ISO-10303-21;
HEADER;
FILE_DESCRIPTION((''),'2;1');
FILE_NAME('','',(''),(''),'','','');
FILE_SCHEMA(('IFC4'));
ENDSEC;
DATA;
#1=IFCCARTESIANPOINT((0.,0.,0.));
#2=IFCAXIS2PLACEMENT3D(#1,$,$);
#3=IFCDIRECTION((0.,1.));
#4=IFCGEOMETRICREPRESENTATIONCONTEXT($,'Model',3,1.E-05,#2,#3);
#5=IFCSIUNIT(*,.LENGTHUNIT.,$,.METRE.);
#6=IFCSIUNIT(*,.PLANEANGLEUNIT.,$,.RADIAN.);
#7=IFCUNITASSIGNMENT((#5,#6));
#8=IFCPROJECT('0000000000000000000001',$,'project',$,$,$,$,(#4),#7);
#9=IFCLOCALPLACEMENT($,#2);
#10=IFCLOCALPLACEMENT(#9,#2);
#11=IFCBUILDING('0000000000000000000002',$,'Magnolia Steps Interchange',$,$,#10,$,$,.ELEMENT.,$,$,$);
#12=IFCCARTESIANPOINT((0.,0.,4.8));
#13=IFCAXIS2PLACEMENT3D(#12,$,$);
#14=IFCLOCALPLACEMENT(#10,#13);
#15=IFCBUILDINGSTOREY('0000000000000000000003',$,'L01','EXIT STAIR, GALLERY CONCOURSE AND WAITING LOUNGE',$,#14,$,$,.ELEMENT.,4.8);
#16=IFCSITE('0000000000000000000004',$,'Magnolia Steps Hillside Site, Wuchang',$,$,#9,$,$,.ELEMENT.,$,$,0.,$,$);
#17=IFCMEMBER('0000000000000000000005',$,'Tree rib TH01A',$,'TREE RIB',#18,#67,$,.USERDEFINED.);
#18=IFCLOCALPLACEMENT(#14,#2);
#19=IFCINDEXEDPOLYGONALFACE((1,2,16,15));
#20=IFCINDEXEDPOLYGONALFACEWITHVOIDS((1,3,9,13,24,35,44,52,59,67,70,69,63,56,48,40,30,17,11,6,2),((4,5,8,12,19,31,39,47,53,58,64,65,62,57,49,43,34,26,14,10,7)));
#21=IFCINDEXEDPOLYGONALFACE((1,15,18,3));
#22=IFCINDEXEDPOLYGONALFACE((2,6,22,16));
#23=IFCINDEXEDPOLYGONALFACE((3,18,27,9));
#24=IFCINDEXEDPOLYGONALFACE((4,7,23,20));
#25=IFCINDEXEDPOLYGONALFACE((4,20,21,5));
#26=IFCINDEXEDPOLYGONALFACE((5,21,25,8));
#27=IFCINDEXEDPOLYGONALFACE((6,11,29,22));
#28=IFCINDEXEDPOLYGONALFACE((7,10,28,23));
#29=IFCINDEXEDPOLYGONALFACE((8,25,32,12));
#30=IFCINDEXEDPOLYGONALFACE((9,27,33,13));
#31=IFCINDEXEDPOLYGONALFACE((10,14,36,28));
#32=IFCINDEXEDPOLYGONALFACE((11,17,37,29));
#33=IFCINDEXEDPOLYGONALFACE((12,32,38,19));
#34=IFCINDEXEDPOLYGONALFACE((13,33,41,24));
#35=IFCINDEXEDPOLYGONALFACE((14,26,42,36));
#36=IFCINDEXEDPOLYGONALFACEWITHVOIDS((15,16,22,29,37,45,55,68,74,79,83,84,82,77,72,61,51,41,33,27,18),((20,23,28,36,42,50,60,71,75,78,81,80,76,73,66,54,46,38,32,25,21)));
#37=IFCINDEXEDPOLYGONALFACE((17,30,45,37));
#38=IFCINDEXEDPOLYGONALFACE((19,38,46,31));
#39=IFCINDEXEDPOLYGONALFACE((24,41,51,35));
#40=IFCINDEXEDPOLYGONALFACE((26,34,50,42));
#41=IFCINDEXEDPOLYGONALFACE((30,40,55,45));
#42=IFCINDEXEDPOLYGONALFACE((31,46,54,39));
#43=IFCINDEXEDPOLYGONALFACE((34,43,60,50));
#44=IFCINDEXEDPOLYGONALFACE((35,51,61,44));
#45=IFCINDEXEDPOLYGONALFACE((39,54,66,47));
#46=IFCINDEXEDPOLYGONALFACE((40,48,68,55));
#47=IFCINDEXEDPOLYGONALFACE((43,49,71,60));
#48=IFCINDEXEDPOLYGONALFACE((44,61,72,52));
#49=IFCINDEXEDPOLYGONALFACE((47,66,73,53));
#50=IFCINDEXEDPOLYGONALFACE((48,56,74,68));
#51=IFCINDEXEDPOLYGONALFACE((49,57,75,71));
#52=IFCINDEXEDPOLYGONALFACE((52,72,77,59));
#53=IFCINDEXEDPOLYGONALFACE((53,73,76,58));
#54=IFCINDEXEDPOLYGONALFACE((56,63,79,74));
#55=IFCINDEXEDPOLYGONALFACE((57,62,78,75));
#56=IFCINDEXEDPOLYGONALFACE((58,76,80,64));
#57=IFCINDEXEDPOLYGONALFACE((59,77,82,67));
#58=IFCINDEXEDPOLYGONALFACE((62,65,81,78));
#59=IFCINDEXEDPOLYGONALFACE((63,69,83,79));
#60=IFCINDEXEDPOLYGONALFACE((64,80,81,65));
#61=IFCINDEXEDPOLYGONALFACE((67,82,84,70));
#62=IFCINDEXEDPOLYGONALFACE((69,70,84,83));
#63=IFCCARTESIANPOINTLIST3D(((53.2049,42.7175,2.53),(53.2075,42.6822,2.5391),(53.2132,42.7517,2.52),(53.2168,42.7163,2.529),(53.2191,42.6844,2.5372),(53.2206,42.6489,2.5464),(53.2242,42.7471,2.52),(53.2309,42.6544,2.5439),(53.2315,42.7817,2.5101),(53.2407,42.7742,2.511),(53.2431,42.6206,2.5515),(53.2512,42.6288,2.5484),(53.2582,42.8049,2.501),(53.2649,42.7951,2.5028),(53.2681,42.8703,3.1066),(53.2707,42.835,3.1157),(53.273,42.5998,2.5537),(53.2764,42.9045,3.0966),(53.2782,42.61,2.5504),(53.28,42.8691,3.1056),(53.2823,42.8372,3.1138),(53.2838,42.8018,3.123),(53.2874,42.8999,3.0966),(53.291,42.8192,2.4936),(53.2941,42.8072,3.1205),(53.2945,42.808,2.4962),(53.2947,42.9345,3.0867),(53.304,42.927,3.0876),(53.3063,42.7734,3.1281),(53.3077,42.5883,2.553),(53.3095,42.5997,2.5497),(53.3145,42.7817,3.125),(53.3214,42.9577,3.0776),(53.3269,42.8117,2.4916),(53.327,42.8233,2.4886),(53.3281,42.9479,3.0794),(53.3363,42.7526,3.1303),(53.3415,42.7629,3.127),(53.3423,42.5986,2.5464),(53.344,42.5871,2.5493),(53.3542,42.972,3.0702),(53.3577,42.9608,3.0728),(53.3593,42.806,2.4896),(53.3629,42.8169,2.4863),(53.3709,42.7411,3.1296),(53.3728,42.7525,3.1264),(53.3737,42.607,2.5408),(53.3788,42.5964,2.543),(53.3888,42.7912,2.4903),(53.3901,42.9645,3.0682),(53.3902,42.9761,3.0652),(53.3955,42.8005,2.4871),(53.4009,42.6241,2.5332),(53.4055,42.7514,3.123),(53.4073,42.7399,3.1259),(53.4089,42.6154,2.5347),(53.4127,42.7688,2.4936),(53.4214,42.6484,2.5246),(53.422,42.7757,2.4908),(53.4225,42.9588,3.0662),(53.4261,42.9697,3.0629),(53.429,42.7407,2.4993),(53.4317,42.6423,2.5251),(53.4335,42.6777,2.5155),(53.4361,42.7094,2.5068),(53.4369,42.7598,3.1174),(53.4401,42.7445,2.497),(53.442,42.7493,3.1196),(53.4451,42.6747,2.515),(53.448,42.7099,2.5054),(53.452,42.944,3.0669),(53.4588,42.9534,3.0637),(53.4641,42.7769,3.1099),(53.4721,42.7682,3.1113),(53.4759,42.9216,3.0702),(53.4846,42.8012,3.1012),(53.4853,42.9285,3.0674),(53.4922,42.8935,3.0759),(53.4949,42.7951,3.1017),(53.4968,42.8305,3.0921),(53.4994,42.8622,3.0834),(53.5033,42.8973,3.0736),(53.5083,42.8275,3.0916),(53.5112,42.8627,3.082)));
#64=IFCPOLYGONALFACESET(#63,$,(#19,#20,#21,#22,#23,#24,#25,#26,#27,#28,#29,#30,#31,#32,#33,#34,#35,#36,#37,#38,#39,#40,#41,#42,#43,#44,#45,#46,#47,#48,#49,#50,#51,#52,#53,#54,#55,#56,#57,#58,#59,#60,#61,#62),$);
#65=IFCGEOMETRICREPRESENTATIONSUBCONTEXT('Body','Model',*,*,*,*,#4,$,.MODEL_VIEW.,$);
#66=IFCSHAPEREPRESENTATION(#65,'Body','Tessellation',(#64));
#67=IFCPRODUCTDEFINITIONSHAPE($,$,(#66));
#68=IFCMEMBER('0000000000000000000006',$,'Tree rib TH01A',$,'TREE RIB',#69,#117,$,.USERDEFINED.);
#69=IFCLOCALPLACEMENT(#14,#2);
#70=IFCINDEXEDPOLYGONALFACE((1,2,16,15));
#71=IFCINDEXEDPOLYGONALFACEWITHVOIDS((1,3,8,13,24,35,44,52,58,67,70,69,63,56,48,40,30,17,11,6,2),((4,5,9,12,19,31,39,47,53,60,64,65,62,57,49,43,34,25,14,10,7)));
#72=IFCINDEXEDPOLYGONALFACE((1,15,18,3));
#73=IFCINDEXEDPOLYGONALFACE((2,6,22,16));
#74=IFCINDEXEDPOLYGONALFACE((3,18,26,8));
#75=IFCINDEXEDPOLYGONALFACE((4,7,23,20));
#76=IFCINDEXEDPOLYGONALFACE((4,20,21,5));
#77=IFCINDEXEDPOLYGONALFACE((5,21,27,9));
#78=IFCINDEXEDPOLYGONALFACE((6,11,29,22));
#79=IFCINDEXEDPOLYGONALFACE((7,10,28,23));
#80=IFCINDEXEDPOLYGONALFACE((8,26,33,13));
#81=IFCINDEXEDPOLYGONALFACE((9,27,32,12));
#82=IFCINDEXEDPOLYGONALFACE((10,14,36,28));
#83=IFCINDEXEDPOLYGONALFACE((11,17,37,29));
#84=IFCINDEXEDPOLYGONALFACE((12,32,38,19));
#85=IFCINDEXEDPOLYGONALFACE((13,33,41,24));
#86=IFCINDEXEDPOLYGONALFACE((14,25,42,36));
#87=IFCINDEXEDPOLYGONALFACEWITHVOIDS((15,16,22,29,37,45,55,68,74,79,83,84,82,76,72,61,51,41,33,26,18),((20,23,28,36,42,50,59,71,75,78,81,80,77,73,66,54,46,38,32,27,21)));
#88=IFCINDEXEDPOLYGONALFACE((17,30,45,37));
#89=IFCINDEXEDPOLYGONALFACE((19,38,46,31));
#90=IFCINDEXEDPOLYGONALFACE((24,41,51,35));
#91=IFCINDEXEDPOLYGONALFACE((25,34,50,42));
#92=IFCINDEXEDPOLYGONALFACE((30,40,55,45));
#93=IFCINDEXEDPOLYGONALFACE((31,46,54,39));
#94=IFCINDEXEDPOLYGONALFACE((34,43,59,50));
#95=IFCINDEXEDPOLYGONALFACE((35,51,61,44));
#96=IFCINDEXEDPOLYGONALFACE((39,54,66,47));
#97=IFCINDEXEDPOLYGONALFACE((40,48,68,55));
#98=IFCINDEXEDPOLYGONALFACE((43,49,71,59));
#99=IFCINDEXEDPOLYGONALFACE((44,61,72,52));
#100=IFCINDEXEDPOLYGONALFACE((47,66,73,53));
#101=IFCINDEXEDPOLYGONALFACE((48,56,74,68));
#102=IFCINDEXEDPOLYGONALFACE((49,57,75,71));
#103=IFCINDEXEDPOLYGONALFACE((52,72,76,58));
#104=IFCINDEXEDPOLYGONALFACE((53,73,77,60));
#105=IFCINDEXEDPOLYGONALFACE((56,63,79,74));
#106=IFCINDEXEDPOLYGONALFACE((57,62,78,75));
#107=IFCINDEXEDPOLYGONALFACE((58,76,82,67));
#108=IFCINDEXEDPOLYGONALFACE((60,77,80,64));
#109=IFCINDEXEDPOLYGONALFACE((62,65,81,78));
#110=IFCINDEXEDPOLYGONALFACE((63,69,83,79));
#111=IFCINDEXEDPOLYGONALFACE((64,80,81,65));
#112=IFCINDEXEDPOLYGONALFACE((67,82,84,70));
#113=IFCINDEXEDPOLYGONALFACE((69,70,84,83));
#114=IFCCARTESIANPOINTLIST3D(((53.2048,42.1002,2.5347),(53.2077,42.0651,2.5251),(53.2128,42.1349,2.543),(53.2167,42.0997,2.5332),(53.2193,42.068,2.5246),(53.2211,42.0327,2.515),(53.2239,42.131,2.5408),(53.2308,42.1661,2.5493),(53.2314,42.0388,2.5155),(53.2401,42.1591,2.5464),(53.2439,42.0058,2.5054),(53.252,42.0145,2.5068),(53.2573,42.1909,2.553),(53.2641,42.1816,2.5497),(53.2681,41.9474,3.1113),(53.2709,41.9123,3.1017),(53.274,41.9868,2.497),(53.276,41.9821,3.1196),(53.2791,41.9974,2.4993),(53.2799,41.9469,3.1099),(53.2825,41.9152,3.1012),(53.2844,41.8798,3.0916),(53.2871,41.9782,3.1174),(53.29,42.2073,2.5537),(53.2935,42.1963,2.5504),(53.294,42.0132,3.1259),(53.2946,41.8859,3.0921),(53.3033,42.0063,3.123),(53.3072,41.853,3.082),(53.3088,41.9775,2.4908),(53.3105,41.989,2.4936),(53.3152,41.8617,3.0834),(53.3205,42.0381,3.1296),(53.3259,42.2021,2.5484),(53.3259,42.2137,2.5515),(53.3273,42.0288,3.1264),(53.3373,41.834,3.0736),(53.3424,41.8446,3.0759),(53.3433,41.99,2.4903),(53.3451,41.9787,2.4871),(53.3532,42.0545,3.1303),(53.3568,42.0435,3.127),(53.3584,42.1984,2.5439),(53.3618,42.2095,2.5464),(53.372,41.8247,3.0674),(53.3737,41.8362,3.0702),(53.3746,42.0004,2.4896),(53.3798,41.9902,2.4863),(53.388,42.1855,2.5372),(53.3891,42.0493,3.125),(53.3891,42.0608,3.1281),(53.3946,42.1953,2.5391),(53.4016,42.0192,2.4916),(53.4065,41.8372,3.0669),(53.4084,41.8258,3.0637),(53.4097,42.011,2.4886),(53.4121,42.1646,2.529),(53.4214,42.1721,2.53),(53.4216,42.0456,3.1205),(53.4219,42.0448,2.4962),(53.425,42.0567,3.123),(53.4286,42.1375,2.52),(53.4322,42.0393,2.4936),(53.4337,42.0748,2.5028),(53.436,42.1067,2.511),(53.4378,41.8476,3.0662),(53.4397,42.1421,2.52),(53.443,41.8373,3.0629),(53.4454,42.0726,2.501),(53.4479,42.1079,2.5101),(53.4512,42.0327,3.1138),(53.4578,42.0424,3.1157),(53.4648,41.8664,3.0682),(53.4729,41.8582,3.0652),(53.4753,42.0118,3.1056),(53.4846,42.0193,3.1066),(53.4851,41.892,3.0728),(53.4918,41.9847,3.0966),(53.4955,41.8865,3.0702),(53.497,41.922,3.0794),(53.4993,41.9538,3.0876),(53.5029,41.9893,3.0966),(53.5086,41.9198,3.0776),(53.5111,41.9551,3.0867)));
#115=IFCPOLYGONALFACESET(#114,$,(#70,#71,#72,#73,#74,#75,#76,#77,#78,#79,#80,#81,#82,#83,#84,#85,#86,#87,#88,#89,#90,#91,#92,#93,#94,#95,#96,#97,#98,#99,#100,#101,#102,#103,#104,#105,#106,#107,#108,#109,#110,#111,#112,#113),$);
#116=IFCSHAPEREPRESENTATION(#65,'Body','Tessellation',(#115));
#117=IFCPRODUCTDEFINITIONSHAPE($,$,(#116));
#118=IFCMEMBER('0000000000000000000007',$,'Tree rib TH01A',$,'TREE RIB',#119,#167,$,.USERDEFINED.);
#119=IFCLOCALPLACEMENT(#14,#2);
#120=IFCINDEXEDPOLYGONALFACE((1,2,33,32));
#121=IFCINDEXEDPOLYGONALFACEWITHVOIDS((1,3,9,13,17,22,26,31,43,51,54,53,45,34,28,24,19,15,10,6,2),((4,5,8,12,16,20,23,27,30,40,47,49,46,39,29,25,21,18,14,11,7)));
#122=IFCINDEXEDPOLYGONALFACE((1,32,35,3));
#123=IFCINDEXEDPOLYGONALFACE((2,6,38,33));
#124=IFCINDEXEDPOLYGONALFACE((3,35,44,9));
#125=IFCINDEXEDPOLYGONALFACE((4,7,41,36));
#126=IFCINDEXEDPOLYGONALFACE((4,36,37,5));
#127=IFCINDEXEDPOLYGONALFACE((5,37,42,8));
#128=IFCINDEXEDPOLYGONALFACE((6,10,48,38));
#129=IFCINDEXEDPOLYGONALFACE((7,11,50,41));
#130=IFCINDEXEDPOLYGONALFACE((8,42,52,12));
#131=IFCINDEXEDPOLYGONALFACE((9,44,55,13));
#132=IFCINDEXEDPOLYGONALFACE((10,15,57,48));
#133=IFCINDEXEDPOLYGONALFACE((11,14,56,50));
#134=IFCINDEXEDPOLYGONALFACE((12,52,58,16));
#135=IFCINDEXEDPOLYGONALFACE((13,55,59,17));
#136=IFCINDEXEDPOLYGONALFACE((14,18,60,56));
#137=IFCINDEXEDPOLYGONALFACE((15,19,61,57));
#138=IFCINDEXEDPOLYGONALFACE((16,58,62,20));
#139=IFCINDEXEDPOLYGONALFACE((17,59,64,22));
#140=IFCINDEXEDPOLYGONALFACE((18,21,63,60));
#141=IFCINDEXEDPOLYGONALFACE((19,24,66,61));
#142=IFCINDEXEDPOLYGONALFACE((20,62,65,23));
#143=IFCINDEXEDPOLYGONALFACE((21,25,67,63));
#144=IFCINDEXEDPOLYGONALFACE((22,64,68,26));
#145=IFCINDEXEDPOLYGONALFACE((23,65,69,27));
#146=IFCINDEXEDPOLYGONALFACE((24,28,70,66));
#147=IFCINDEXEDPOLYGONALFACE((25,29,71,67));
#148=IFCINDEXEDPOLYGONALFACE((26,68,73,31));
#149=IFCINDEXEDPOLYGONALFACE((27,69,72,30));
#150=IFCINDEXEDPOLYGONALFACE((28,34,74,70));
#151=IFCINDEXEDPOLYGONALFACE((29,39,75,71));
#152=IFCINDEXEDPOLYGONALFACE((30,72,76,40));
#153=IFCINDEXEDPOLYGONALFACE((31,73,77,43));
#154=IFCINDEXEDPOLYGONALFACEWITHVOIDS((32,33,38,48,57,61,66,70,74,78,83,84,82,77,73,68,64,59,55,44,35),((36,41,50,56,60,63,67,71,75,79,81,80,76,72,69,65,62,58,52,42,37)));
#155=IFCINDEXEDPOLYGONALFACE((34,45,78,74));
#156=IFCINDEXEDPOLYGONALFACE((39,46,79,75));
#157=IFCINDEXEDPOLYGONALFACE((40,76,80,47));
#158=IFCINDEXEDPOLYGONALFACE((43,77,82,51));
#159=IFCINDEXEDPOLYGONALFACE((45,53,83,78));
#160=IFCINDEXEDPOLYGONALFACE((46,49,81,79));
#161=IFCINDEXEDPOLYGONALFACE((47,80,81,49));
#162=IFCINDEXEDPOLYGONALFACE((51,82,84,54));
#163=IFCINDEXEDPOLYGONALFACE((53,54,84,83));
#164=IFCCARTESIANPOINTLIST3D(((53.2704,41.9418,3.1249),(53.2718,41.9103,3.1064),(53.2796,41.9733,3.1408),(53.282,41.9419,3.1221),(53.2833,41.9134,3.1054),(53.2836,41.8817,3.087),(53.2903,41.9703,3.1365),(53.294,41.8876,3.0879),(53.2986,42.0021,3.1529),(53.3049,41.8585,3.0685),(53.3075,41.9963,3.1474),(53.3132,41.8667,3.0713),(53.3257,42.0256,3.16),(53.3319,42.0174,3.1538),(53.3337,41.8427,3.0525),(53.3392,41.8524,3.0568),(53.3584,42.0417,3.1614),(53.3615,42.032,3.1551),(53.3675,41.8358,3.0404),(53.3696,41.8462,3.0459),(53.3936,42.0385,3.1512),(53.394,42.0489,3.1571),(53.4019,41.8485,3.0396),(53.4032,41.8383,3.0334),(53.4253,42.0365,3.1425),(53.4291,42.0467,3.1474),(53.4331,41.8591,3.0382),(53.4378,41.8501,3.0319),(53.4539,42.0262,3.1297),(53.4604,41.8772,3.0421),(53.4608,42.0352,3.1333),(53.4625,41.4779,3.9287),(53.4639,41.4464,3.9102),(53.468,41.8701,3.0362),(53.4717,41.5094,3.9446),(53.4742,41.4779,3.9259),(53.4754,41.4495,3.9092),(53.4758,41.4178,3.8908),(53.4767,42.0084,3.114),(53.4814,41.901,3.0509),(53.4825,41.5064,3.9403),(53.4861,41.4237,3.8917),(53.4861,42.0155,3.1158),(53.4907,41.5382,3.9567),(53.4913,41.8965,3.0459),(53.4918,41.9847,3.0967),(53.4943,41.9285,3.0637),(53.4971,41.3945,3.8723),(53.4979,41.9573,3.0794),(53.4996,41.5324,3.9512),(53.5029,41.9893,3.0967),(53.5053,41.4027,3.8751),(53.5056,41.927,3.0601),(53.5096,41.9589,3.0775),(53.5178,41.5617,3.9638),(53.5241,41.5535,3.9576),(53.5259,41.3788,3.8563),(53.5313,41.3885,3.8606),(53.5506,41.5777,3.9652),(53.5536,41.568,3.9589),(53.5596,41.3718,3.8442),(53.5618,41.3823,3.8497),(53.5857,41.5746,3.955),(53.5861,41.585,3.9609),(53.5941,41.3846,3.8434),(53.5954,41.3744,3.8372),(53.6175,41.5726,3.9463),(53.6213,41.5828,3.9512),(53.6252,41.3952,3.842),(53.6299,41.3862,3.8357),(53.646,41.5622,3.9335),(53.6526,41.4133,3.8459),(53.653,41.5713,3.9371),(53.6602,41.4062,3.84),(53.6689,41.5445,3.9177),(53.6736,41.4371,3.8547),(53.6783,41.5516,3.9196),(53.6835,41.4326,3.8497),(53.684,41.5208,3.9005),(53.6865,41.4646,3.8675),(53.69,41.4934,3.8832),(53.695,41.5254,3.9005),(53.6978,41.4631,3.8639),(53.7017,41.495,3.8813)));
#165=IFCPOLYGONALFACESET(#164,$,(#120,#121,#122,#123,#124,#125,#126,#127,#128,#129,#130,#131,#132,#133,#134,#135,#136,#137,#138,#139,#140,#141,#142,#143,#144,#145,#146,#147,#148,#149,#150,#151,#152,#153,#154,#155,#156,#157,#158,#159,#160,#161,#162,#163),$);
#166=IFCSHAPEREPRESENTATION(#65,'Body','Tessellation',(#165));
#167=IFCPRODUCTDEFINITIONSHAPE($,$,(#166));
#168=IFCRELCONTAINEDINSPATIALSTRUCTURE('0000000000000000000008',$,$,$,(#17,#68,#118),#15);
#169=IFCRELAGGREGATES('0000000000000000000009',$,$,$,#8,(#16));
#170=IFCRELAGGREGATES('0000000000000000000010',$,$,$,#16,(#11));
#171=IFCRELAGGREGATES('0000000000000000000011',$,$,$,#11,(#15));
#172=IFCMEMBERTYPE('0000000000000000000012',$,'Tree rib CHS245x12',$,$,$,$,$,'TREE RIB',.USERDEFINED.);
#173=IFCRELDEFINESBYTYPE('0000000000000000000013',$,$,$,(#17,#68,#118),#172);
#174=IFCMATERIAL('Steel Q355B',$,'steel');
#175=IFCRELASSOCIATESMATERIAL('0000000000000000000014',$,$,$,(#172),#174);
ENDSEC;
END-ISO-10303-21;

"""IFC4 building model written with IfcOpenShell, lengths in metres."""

from ifc_helpers import new_model, si_unit, direction, frame, origin, origin_2d, place, context, subcontext, project, spatial, hollow_circle, extrude, material, material_profile, profile_set, type_object, element, save


model = new_model("IFC4")

# Units and contexts
model_context = context("Model", 3, precision=1e-05, world=origin(), true_north=direction((0.0, 1.0)))
body_context = subcontext(model_context, "Body", "Model", "MODEL_VIEW")
ifc_project = project(units=[si_unit("LENGTHUNIT", "METRE"), si_unit("PLANEANGLEUNIT", "RADIAN")], contexts=[model_context])

# Site, building, storey
site_placement = place(None, origin())
site = spatial("IfcSite", under=ifc_project, at=site_placement, Name="Magnolia Steps Hillside Site, Wuchang", CompositionType="ELEMENT", RefElevation=0.0)
building_placement = place(site_placement, origin())
building = spatial("IfcBuilding", under=site, at=building_placement, Name="Magnolia Steps Interchange", CompositionType="ELEMENT")
storey_placement = place(building_placement, frame((0.0, 0.0, 4.8)))
storey = spatial("IfcBuildingStorey", under=building, at=storey_placement, Name="L01", Description="EXIT STAIR, GALLERY CONCOURSE AND WAITING LOUNGE", CompositionType="ELEMENT", Elevation=4.8)

# Members
ifc_material_1 = material(Name="Steel Q355B", Category="steel")
ifc_material_profile_1 = material_profile(ifc_material_1, hollow_circle(Radius=0.1226, WallThickness=0.012, at=origin_2d()), Name="CHS245x12")
ifc_profile_set_1 = profile_set([ifc_material_profile_1], Name="Steel Q355B")
member_type = type_object("IfcMemberType", Name="Tree rib CHS245x12", ElementType="TREE RIB", PredefinedType="USERDEFINED", material=ifc_profile_set_1)
for number, where, z_axis, x_axis, name in (
    (1, (53.3264, 42.7048, 2.52), (0.105403, 0.254758, 0.961243), (-0.924035, 0.382308, 0.0), "Tree rib TH01A"),
    (2, (53.3264, 42.0952, 2.52), (0.105403, -0.254758, 0.961243), (0.924035, 0.382308, 0.0), "Tree rib TH01A"),
):
    element("IfcMember", number, at=place(storey_placement, frame(where, z_axis=z_axis, x_axis=x_axis)), inside=storey, type_object=member_type, Name=name, ObjectType="TREE RIB", PredefinedType="USERDEFINED", context=body_context, shape_type="SweptSolid", body=[
        extrude(hollow_circle(Radius=0.1226, WallThickness=0.012, at=origin_2d()), origin(), (0.0, 0.0, 1.0), 0.5999),
    ])
member_1_placement = place(storey_placement, frame((53.3896, 41.9424, 3.0967), z_axis=(0.202753, -0.489492, 0.848109), x_axis=(0.923881, 0.382681, 0.0)))
element("IfcMember", 3, at=member_1_placement, inside=storey, type_object=member_type, Name="Tree rib TH01A", ObjectType="TREE RIB", PredefinedType="USERDEFINED", context=body_context, shape_type="SweptSolid", body=[
    extrude(hollow_circle(Radius=0.1226, WallThickness=0.012, at=origin_2d()), origin(), (0.0, 0.0, 1.0), 0.9478),
])

save(model, "model.ifc")
